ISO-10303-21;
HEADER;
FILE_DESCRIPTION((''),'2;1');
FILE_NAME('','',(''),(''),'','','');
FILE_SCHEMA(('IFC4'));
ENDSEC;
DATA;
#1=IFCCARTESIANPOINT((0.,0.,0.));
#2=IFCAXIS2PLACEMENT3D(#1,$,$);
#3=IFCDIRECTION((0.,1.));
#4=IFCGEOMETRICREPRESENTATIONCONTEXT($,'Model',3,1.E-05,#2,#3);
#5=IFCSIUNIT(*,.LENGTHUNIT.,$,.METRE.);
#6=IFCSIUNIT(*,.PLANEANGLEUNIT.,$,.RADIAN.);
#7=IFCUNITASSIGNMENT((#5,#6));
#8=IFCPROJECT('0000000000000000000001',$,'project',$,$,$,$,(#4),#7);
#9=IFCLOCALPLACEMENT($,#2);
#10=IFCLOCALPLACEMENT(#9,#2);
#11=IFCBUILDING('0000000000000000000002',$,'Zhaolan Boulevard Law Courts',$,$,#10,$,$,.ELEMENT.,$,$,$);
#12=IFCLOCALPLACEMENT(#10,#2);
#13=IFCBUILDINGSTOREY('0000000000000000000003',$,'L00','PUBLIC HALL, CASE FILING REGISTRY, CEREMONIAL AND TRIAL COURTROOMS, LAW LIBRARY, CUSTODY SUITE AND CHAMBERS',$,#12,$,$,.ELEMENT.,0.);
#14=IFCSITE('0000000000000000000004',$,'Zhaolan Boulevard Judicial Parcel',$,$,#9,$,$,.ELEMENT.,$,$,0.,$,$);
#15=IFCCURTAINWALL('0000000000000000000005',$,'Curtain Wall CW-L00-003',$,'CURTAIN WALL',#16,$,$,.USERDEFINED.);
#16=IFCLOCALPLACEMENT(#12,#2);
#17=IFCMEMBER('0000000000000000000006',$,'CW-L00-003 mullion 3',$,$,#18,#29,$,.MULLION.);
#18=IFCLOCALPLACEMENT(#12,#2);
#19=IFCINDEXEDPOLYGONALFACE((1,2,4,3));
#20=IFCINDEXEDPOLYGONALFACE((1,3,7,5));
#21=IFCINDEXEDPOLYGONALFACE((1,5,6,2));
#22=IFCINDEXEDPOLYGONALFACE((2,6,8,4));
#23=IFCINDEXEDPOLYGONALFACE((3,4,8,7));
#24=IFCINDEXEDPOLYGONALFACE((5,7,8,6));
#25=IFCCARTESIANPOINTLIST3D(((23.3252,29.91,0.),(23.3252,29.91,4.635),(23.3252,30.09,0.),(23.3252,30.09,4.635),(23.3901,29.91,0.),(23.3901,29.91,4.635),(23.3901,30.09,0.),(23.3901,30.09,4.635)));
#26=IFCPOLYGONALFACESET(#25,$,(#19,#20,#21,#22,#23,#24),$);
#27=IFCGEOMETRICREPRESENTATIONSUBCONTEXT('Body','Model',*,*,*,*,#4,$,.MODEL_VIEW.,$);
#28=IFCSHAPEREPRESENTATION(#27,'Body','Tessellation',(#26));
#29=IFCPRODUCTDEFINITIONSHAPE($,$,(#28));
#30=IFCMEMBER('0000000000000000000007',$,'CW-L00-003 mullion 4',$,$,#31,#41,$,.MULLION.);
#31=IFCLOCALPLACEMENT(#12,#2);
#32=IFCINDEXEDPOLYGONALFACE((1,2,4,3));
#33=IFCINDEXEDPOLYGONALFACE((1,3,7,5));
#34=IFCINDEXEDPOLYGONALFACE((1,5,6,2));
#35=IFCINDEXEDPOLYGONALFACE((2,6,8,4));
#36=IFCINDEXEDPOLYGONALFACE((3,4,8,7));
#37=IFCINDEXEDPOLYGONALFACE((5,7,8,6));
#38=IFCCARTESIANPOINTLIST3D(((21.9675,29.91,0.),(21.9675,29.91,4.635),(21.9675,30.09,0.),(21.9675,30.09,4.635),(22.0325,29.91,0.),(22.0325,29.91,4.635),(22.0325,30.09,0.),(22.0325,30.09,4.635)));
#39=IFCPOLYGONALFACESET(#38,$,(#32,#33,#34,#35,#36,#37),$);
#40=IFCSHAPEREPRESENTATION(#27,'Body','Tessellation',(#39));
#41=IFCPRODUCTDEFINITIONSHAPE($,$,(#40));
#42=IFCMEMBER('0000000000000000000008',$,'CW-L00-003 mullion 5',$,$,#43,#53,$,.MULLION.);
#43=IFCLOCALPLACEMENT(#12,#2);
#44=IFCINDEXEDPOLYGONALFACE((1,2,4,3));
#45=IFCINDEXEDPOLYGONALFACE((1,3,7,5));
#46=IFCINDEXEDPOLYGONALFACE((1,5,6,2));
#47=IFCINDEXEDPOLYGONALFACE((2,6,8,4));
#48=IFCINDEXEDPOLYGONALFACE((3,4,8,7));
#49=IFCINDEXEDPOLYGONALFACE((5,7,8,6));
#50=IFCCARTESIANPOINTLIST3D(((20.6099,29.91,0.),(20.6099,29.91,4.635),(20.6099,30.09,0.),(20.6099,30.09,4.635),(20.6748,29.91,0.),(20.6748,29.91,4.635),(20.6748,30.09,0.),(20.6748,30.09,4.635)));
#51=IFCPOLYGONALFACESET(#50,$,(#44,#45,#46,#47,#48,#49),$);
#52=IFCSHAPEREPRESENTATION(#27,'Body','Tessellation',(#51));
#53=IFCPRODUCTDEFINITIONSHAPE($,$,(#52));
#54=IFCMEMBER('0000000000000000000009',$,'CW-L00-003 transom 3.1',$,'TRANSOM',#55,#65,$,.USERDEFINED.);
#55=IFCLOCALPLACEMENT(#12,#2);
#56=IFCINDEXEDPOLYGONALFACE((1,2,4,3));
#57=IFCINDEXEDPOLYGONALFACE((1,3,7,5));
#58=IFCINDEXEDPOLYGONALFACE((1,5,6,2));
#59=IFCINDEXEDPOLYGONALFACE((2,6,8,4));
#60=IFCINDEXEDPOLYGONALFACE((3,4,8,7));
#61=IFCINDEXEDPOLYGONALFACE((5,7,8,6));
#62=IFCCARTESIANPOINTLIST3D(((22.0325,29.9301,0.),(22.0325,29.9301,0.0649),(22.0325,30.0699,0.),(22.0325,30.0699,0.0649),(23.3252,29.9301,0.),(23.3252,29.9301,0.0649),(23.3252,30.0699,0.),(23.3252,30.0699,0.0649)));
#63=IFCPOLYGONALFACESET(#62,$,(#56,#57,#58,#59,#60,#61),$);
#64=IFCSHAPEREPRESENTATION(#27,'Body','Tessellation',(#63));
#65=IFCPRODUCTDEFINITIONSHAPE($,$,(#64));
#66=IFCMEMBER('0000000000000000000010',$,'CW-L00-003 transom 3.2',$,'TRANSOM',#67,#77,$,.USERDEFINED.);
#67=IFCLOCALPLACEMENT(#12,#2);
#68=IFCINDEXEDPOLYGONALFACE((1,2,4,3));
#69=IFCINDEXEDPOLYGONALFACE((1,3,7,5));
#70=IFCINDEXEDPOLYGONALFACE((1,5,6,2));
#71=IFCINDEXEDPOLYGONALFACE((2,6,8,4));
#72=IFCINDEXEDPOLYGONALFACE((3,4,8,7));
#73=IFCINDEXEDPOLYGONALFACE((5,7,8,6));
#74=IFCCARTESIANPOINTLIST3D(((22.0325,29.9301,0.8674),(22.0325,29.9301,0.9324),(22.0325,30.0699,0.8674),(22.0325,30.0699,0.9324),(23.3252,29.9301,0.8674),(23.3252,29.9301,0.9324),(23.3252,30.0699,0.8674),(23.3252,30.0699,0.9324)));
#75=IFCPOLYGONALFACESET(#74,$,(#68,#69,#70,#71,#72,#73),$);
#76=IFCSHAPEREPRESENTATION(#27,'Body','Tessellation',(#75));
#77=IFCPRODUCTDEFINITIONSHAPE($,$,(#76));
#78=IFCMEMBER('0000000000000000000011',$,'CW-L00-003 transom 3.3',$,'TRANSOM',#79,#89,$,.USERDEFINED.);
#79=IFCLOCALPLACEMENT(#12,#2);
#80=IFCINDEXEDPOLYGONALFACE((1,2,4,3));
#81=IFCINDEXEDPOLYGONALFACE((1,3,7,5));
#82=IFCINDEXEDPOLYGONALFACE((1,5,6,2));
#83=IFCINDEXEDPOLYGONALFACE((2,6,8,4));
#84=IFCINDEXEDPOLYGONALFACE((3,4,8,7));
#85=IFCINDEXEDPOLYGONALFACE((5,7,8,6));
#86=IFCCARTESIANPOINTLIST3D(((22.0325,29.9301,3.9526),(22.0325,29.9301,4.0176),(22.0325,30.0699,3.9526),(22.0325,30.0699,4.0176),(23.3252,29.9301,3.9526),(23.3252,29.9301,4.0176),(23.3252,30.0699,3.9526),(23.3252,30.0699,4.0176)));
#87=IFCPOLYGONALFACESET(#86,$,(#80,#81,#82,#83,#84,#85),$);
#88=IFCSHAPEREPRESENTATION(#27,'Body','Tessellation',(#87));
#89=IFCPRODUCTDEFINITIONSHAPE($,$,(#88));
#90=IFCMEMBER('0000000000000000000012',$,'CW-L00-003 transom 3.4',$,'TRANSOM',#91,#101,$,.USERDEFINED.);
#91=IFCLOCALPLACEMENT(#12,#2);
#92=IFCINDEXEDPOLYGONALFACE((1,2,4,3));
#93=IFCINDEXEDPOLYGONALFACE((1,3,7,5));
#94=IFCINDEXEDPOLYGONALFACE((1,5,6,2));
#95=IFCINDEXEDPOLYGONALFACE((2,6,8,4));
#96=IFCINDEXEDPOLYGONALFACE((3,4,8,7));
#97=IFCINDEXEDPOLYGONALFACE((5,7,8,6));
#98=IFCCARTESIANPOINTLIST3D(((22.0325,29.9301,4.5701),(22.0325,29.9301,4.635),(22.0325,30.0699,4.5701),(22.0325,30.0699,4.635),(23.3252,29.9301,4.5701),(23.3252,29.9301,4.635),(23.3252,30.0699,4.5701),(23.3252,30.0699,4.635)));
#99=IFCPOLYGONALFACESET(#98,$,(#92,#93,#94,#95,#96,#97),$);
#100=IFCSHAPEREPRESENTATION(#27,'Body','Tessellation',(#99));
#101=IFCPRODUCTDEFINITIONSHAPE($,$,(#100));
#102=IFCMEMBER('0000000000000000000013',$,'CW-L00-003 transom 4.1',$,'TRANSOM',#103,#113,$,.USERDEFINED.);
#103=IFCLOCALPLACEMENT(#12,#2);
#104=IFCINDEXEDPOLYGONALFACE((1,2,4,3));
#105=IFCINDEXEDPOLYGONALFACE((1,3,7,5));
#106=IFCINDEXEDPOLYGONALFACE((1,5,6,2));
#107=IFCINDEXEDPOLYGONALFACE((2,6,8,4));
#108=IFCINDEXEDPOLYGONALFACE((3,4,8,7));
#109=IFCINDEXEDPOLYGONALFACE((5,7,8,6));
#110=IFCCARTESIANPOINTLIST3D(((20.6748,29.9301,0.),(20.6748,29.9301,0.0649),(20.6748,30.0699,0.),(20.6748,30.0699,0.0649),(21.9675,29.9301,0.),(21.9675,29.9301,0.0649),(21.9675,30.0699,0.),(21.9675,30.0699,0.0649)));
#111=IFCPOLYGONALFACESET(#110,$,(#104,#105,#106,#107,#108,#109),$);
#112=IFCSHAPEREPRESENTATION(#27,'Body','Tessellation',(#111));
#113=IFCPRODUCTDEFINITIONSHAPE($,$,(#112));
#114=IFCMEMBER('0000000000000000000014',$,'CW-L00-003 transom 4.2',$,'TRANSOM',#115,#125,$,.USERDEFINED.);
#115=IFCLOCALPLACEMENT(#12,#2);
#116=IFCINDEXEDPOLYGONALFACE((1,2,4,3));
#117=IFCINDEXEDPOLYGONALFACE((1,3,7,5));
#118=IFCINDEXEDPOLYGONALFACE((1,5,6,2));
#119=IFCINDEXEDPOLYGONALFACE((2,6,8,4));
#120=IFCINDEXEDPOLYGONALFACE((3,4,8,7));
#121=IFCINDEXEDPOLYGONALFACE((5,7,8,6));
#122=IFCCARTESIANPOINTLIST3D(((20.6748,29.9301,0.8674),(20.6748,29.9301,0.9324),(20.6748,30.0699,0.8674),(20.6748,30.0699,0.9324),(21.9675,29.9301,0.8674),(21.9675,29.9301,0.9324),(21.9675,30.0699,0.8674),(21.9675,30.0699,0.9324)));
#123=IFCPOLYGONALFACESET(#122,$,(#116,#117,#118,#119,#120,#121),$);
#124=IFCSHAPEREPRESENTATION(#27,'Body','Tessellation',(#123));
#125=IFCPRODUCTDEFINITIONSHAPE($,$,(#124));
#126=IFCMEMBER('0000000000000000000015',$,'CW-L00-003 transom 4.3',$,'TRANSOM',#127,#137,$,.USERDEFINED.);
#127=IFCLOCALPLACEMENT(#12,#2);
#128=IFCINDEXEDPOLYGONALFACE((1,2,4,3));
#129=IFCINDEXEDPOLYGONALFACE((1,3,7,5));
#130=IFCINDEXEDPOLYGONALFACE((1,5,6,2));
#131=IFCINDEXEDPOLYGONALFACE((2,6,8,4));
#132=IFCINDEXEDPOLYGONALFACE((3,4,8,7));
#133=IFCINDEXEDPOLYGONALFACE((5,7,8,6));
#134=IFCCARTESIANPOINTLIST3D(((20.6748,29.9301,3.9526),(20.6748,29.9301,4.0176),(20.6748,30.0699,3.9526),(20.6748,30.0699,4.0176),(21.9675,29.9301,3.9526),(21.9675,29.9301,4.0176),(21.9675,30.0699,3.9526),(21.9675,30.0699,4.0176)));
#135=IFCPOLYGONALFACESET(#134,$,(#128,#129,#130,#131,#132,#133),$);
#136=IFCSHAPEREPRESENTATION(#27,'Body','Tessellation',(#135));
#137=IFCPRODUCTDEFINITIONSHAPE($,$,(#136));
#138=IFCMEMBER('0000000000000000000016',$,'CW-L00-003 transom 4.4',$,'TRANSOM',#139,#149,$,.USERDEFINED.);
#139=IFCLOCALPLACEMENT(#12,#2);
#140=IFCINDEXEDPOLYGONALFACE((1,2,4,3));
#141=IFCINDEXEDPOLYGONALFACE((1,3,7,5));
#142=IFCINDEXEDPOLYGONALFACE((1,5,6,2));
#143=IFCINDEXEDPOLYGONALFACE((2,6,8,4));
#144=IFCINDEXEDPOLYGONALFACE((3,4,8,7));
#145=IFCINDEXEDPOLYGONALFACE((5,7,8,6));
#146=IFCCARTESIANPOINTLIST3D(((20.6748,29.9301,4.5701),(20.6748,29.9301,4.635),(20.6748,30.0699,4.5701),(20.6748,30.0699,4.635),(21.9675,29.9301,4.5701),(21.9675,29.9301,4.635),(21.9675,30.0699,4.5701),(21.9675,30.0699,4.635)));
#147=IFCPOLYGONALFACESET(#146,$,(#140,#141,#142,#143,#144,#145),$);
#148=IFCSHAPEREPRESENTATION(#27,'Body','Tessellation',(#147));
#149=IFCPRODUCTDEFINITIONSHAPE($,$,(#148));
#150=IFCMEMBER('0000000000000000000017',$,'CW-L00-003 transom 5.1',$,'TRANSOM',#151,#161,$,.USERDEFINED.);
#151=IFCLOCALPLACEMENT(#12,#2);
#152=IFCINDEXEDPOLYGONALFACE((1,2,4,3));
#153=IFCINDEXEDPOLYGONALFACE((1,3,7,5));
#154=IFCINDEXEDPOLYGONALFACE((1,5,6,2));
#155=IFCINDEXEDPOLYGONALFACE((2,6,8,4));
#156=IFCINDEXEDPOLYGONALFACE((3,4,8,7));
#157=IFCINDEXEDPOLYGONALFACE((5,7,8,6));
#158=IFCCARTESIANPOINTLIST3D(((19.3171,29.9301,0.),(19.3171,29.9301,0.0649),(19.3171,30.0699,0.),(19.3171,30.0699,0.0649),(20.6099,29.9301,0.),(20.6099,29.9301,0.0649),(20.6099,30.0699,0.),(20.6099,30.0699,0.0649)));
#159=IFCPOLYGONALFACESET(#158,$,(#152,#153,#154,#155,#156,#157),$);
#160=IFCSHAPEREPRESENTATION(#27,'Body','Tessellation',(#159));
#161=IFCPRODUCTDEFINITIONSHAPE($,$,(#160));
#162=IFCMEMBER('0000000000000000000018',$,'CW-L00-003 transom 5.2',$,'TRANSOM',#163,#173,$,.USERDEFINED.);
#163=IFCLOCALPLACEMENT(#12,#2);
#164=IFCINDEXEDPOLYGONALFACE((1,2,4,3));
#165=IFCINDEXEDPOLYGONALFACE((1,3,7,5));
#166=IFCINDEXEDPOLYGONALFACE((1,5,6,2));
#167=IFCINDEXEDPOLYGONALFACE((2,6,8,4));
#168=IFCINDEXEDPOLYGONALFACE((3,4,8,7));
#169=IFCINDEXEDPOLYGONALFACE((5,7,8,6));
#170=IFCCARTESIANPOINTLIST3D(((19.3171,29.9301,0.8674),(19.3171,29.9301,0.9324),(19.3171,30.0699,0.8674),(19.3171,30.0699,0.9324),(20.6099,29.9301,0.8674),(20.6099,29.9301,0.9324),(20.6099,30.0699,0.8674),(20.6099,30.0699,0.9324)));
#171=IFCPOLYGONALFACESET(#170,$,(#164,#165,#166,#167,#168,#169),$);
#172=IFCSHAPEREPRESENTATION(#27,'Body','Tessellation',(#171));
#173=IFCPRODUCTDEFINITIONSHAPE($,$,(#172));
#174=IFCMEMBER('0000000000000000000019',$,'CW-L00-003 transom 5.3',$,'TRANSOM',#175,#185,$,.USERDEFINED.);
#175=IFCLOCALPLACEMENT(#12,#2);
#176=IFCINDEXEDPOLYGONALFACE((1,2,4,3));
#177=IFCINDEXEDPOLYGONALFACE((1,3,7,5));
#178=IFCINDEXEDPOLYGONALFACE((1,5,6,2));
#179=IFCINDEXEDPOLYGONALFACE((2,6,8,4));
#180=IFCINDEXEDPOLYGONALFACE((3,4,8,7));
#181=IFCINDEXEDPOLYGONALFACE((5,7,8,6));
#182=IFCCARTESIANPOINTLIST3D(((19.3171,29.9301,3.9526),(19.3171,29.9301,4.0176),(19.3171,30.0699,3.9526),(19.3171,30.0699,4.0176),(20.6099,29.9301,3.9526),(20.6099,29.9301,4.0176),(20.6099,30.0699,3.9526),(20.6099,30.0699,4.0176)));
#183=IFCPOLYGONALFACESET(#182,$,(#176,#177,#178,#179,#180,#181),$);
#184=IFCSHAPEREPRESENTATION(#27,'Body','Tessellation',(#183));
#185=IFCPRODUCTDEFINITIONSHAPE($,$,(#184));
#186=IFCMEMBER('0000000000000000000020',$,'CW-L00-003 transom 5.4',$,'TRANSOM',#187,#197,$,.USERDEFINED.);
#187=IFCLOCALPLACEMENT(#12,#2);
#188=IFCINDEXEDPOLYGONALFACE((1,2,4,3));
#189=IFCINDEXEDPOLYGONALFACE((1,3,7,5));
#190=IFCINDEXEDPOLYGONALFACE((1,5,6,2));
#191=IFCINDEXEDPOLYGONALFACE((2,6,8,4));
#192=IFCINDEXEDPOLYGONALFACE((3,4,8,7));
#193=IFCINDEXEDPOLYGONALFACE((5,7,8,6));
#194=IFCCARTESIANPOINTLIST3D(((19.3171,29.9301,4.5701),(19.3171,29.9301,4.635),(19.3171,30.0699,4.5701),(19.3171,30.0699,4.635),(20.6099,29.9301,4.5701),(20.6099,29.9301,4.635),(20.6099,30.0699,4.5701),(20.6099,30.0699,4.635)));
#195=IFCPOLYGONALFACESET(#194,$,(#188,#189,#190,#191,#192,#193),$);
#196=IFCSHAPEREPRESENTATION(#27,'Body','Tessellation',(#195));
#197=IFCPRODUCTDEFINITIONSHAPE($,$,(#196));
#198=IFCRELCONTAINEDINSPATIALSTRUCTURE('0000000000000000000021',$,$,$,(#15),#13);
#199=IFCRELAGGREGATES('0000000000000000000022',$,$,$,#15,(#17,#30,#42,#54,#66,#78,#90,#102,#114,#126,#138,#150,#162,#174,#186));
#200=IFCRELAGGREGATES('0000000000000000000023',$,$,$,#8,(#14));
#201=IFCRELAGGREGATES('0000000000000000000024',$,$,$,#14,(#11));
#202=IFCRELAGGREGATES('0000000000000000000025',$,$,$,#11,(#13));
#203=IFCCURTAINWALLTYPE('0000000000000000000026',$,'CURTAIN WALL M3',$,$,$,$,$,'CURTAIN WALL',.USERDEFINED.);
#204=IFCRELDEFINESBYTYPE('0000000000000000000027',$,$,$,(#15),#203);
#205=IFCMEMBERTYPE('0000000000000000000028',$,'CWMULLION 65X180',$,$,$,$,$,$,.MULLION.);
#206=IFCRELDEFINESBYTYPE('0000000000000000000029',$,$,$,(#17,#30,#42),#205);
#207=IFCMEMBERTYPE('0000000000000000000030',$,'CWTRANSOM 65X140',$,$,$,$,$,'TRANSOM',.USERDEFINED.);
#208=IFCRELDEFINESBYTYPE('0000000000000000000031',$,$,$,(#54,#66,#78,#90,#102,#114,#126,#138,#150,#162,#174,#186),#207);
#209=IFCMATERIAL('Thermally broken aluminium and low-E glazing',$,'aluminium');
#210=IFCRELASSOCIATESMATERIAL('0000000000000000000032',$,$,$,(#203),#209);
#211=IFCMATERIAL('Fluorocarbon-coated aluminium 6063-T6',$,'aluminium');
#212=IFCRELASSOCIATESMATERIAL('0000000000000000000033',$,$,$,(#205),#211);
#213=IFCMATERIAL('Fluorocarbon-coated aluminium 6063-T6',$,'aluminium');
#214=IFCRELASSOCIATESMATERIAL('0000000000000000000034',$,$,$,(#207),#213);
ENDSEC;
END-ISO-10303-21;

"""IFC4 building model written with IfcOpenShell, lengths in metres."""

from ifc_helpers import new_model, si_unit, direction, frame, origin, origin_2d, place, context, subcontext, project, spatial, rectangle, extrude, material, material_profile, profile_set, type_object, element, aggregate, save


model = new_model("IFC4")

# Units and contexts
model_context = context("Model", 3, precision=1e-05, world=origin(), true_north=direction((0.0, 1.0)))
body_context = subcontext(model_context, "Body", "Model", "MODEL_VIEW")
ifc_project = project(units=[si_unit("LENGTHUNIT", "METRE"), si_unit("PLANEANGLEUNIT", "RADIAN")], contexts=[model_context])

# Site, building, storey
site_placement = place(None, origin())
site = spatial("IfcSite", under=ifc_project, at=site_placement, Name="Zhaolan Boulevard Judicial Parcel", CompositionType="ELEMENT", RefElevation=0.0)
building_placement = place(site_placement, origin())
building = spatial("IfcBuilding", under=site, at=building_placement, Name="Zhaolan Boulevard Law Courts", CompositionType="ELEMENT")
storey_placement = place(building_placement, origin())
storey = spatial("IfcBuildingStorey", under=building, at=storey_placement, Name="L00", Description="PUBLIC HALL, CASE FILING REGISTRY, CEREMONIAL AND TRIAL COURTROOMS, LAW LIBRARY, CUSTODY SUITE AND CHAMBERS", CompositionType="ELEMENT", Elevation=0.0)

# Curtain wall, members
ifc_material_1 = material(Name="Thermally broken aluminium and low-E glazing", Category="aluminium")
curtain_wall_type = type_object("IfcCurtainWallType", Name="CURTAIN WALL M3", ElementType="CURTAIN WALL", PredefinedType="USERDEFINED", material=ifc_material_1)
curtain_wall_placement = place(storey_placement, origin())
curtain_wall = element("IfcCurtainWall", 1, at=curtain_wall_placement, inside=storey, type_object=curtain_wall_type, Name="Curtain Wall CW-L00-003", ObjectType="CURTAIN WALL", PredefinedType="USERDEFINED")
ifc_material_2 = material(Name="Fluorocarbon-coated aluminium 6063-T6", Category="aluminium")
ifc_material_profile_1 = material_profile(ifc_material_2, rectangle(XDim=0.1799, YDim=0.0649, at=origin_2d()), Name="AL65x180")
ifc_profile_set_1 = profile_set([ifc_material_profile_1], Name="Fluorocarbon-coated aluminium 6063-T6")
member_type_1 = type_object("IfcMemberType", Name="CWMULLION 65X180", PredefinedType="MULLION", material=ifc_profile_set_1)
member_1_placement = place(storey_placement, frame((23.3577, 30.0, 0.0), z_axis=(0.0, 0.0, 1.0), x_axis=(0.0, -1.0, 0.0)))
member_1 = element("IfcMember", 2, at=member_1_placement, type_object=member_type_1, Name="CW-L00-003 mullion 3", PredefinedType="MULLION", context=body_context, shape_type="SweptSolid", body=[
    extrude(rectangle(XDim=0.1799, YDim=0.0649, at=origin_2d()), origin(), (0.0, 0.0, 1.0), 4.635),
])
member_2_placement = place(storey_placement, frame((22.0, 30.0, 0.0), z_axis=(0.0, 0.0, 1.0), x_axis=(0.0, -1.0, 0.0)))
member_2 = element("IfcMember", 3, at=member_2_placement, type_object=member_type_1, Name="CW-L00-003 mullion 4", PredefinedType="MULLION", context=body_context, shape_type="SweptSolid", body=[
    extrude(rectangle(XDim=0.1799, YDim=0.0649, at=origin_2d()), origin(), (0.0, 0.0, 1.0), 4.635),
])
member_3_placement = place(storey_placement, frame((20.6423, 30.0, 0.0), z_axis=(0.0, 0.0, 1.0), x_axis=(0.0, -1.0, 0.0)))
member_3 = element("IfcMember", 4, at=member_3_placement, type_object=member_type_1, Name="CW-L00-003 mullion 5", PredefinedType="MULLION", context=body_context, shape_type="SweptSolid", body=[
    extrude(rectangle(XDim=0.1799, YDim=0.0649, at=origin_2d()), origin(), (0.0, 0.0, 1.0), 4.635),
])
ifc_material_3 = material(Name="Fluorocarbon-coated aluminium 6063-T6", Category="aluminium")
ifc_material_profile_2 = material_profile(ifc_material_3, rectangle(XDim=0.1399, YDim=0.0649, at=origin_2d()), Name="AL65x140")
ifc_profile_set_2 = profile_set([ifc_material_profile_2], Name="Fluorocarbon-coated aluminium 6063-T6")
member_type_2 = type_object("IfcMemberType", Name="CWTRANSOM 65X140", ElementType="TRANSOM", PredefinedType="USERDEFINED", material=ifc_profile_set_2)
member_4_placement = place(storey_placement, frame((23.3252, 30.0, 0.0325), z_axis=(-1.0, 0.0, 0.0), x_axis=(0.0, -1.0, 0.0)))
member_4 = element("IfcMember", 5, at=member_4_placement, type_object=member_type_2, Name="CW-L00-003 transom 3.1", ObjectType="TRANSOM", PredefinedType="USERDEFINED", context=body_context, shape_type="SweptSolid", body=[
    extrude(rectangle(XDim=0.1399, YDim=0.0649, at=origin_2d()), origin(), (0.0, 0.0, 1.0), 1.2927),
])
member_5_placement = place(storey_placement, frame((23.3252, 30.0, 0.8999), z_axis=(-1.0, 0.0, 0.0), x_axis=(0.0, -1.0, 0.0)))
member_5 = element("IfcMember", 6, at=member_5_placement, type_object=member_type_2, Name="CW-L00-003 transom 3.2", ObjectType="TRANSOM", PredefinedType="USERDEFINED", context=body_context, shape_type="SweptSolid", body=[
    extrude(rectangle(XDim=0.1399, YDim=0.0649, at=origin_2d()), origin(), (0.0, 0.0, 1.0), 1.2927),
])
member_6_placement = place(storey_placement, frame((23.3252, 30.0, 3.9851), z_axis=(-1.0, 0.0, 0.0), x_axis=(0.0, -1.0, 0.0)))
member_6 = element("IfcMember", 7, at=member_6_placement, type_object=member_type_2, Name="CW-L00-003 transom 3.3", ObjectType="TRANSOM", PredefinedType="USERDEFINED", context=body_context, shape_type="SweptSolid", body=[
    extrude(rectangle(XDim=0.1399, YDim=0.0649, at=origin_2d()), origin(), (0.0, 0.0, 1.0), 1.2927),
])
member_7_placement = place(storey_placement, frame((23.3252, 30.0, 4.6025), z_axis=(-1.0, 0.0, 0.0), x_axis=(0.0, -1.0, 0.0)))
member_7 = element("IfcMember", 8, at=member_7_placement, type_object=member_type_2, Name="CW-L00-003 transom 3.4", ObjectType="TRANSOM", PredefinedType="USERDEFINED", context=body_context, shape_type="SweptSolid", body=[
    extrude(rectangle(XDim=0.1399, YDim=0.0649, at=origin_2d()), origin(), (0.0, 0.0, 1.0), 1.2927),
])
member_8_placement = place(storey_placement, frame((21.9675, 30.0, 0.0325), z_axis=(-1.0, 0.0, 0.0), x_axis=(0.0, -1.0, 0.0)))
member_8 = element("IfcMember", 9, at=member_8_placement, type_object=member_type_2, Name="CW-L00-003 transom 4.1", ObjectType="TRANSOM", PredefinedType="USERDEFINED", context=body_context, shape_type="SweptSolid", body=[
    extrude(rectangle(XDim=0.1399, YDim=0.0649, at=origin_2d()), origin(), (0.0, 0.0, 1.0), 1.2927),
])
member_9_placement = place(storey_placement, frame((21.9675, 30.0, 0.8999), z_axis=(-1.0, 0.0, 0.0), x_axis=(0.0, -1.0, 0.0)))
member_9 = element("IfcMember", 10, at=member_9_placement, type_object=member_type_2, Name="CW-L00-003 transom 4.2", ObjectType="TRANSOM", PredefinedType="USERDEFINED", context=body_context, shape_type="SweptSolid", body=[
    extrude(rectangle(XDim=0.1399, YDim=0.0649, at=origin_2d()), origin(), (0.0, 0.0, 1.0), 1.2927),
])
member_10_placement = place(storey_placement, frame((21.9675, 30.0, 3.9851), z_axis=(-1.0, 0.0, 0.0), x_axis=(0.0, -1.0, 0.0)))
member_10 = element("IfcMember", 11, at=member_10_placement, type_object=member_type_2, Name="CW-L00-003 transom 4.3", ObjectType="TRANSOM", PredefinedType="USERDEFINED", context=body_context, shape_type="SweptSolid", body=[
    extrude(rectangle(XDim=0.1399, YDim=0.0649, at=origin_2d()), origin(), (0.0, 0.0, 1.0), 1.2927),
])
member_11_placement = place(storey_placement, frame((21.9675, 30.0, 4.6025), z_axis=(-1.0, 0.0, 0.0), x_axis=(0.0, -1.0, 0.0)))
member_11 = element("IfcMember", 12, at=member_11_placement, type_object=member_type_2, Name="CW-L00-003 transom 4.4", ObjectType="TRANSOM", PredefinedType="USERDEFINED", context=body_context, shape_type="SweptSolid", body=[
    extrude(rectangle(XDim=0.1399, YDim=0.0649, at=origin_2d()), origin(), (0.0, 0.0, 1.0), 1.2927),
])
member_12_placement = place(storey_placement, frame((20.6099, 30.0, 0.0325), z_axis=(-1.0, 0.0, 0.0), x_axis=(0.0, -1.0, 0.0)))
member_12 = element("IfcMember", 13, at=member_12_placement, type_object=member_type_2, Name="CW-L00-003 transom 5.1", ObjectType="TRANSOM", PredefinedType="USERDEFINED", context=body_context, shape_type="SweptSolid", body=[
    extrude(rectangle(XDim=0.1399, YDim=0.0649, at=origin_2d()), origin(), (0.0, 0.0, 1.0), 1.2927),
])
member_13_placement = place(storey_placement, frame((20.6099, 30.0, 0.8999), z_axis=(-1.0, 0.0, 0.0), x_axis=(0.0, -1.0, 0.0)))
member_13 = element("IfcMember", 14, at=member_13_placement, type_object=member_type_2, Name="CW-L00-003 transom 5.2", ObjectType="TRANSOM", PredefinedType="USERDEFINED", context=body_context, shape_type="SweptSolid", body=[
    extrude(rectangle(XDim=0.1399, YDim=0.0649, at=origin_2d()), origin(), (0.0, 0.0, 1.0), 1.2927),
])
member_14_placement = place(storey_placement, frame((20.6099, 30.0, 3.9851), z_axis=(-1.0, 0.0, 0.0), x_axis=(0.0, -1.0, 0.0)))
member_14 = element("IfcMember", 15, at=member_14_placement, type_object=member_type_2, Name="CW-L00-003 transom 5.3", ObjectType="TRANSOM", PredefinedType="USERDEFINED", context=body_context, shape_type="SweptSolid", body=[
    extrude(rectangle(XDim=0.1399, YDim=0.0649, at=origin_2d()), origin(), (0.0, 0.0, 1.0), 1.2927),
])
member_15_placement = place(storey_placement, frame((20.6099, 30.0, 4.6025), z_axis=(-1.0, 0.0, 0.0), x_axis=(0.0, -1.0, 0.0)))
member_15 = element("IfcMember", 16, at=member_15_placement, type_object=member_type_2, Name="CW-L00-003 transom 5.4", ObjectType="TRANSOM", PredefinedType="USERDEFINED", context=body_context, shape_type="SweptSolid", body=[
    extrude(rectangle(XDim=0.1399, YDim=0.0649, at=origin_2d()), origin(), (0.0, 0.0, 1.0), 1.2927),
])
aggregate(curtain_wall, [member_1, member_2, member_3, member_4, member_5, member_6, member_7, member_8, member_9, member_10, member_11, member_12, member_13, member_14, member_15])

save(model, "model.ifc")
